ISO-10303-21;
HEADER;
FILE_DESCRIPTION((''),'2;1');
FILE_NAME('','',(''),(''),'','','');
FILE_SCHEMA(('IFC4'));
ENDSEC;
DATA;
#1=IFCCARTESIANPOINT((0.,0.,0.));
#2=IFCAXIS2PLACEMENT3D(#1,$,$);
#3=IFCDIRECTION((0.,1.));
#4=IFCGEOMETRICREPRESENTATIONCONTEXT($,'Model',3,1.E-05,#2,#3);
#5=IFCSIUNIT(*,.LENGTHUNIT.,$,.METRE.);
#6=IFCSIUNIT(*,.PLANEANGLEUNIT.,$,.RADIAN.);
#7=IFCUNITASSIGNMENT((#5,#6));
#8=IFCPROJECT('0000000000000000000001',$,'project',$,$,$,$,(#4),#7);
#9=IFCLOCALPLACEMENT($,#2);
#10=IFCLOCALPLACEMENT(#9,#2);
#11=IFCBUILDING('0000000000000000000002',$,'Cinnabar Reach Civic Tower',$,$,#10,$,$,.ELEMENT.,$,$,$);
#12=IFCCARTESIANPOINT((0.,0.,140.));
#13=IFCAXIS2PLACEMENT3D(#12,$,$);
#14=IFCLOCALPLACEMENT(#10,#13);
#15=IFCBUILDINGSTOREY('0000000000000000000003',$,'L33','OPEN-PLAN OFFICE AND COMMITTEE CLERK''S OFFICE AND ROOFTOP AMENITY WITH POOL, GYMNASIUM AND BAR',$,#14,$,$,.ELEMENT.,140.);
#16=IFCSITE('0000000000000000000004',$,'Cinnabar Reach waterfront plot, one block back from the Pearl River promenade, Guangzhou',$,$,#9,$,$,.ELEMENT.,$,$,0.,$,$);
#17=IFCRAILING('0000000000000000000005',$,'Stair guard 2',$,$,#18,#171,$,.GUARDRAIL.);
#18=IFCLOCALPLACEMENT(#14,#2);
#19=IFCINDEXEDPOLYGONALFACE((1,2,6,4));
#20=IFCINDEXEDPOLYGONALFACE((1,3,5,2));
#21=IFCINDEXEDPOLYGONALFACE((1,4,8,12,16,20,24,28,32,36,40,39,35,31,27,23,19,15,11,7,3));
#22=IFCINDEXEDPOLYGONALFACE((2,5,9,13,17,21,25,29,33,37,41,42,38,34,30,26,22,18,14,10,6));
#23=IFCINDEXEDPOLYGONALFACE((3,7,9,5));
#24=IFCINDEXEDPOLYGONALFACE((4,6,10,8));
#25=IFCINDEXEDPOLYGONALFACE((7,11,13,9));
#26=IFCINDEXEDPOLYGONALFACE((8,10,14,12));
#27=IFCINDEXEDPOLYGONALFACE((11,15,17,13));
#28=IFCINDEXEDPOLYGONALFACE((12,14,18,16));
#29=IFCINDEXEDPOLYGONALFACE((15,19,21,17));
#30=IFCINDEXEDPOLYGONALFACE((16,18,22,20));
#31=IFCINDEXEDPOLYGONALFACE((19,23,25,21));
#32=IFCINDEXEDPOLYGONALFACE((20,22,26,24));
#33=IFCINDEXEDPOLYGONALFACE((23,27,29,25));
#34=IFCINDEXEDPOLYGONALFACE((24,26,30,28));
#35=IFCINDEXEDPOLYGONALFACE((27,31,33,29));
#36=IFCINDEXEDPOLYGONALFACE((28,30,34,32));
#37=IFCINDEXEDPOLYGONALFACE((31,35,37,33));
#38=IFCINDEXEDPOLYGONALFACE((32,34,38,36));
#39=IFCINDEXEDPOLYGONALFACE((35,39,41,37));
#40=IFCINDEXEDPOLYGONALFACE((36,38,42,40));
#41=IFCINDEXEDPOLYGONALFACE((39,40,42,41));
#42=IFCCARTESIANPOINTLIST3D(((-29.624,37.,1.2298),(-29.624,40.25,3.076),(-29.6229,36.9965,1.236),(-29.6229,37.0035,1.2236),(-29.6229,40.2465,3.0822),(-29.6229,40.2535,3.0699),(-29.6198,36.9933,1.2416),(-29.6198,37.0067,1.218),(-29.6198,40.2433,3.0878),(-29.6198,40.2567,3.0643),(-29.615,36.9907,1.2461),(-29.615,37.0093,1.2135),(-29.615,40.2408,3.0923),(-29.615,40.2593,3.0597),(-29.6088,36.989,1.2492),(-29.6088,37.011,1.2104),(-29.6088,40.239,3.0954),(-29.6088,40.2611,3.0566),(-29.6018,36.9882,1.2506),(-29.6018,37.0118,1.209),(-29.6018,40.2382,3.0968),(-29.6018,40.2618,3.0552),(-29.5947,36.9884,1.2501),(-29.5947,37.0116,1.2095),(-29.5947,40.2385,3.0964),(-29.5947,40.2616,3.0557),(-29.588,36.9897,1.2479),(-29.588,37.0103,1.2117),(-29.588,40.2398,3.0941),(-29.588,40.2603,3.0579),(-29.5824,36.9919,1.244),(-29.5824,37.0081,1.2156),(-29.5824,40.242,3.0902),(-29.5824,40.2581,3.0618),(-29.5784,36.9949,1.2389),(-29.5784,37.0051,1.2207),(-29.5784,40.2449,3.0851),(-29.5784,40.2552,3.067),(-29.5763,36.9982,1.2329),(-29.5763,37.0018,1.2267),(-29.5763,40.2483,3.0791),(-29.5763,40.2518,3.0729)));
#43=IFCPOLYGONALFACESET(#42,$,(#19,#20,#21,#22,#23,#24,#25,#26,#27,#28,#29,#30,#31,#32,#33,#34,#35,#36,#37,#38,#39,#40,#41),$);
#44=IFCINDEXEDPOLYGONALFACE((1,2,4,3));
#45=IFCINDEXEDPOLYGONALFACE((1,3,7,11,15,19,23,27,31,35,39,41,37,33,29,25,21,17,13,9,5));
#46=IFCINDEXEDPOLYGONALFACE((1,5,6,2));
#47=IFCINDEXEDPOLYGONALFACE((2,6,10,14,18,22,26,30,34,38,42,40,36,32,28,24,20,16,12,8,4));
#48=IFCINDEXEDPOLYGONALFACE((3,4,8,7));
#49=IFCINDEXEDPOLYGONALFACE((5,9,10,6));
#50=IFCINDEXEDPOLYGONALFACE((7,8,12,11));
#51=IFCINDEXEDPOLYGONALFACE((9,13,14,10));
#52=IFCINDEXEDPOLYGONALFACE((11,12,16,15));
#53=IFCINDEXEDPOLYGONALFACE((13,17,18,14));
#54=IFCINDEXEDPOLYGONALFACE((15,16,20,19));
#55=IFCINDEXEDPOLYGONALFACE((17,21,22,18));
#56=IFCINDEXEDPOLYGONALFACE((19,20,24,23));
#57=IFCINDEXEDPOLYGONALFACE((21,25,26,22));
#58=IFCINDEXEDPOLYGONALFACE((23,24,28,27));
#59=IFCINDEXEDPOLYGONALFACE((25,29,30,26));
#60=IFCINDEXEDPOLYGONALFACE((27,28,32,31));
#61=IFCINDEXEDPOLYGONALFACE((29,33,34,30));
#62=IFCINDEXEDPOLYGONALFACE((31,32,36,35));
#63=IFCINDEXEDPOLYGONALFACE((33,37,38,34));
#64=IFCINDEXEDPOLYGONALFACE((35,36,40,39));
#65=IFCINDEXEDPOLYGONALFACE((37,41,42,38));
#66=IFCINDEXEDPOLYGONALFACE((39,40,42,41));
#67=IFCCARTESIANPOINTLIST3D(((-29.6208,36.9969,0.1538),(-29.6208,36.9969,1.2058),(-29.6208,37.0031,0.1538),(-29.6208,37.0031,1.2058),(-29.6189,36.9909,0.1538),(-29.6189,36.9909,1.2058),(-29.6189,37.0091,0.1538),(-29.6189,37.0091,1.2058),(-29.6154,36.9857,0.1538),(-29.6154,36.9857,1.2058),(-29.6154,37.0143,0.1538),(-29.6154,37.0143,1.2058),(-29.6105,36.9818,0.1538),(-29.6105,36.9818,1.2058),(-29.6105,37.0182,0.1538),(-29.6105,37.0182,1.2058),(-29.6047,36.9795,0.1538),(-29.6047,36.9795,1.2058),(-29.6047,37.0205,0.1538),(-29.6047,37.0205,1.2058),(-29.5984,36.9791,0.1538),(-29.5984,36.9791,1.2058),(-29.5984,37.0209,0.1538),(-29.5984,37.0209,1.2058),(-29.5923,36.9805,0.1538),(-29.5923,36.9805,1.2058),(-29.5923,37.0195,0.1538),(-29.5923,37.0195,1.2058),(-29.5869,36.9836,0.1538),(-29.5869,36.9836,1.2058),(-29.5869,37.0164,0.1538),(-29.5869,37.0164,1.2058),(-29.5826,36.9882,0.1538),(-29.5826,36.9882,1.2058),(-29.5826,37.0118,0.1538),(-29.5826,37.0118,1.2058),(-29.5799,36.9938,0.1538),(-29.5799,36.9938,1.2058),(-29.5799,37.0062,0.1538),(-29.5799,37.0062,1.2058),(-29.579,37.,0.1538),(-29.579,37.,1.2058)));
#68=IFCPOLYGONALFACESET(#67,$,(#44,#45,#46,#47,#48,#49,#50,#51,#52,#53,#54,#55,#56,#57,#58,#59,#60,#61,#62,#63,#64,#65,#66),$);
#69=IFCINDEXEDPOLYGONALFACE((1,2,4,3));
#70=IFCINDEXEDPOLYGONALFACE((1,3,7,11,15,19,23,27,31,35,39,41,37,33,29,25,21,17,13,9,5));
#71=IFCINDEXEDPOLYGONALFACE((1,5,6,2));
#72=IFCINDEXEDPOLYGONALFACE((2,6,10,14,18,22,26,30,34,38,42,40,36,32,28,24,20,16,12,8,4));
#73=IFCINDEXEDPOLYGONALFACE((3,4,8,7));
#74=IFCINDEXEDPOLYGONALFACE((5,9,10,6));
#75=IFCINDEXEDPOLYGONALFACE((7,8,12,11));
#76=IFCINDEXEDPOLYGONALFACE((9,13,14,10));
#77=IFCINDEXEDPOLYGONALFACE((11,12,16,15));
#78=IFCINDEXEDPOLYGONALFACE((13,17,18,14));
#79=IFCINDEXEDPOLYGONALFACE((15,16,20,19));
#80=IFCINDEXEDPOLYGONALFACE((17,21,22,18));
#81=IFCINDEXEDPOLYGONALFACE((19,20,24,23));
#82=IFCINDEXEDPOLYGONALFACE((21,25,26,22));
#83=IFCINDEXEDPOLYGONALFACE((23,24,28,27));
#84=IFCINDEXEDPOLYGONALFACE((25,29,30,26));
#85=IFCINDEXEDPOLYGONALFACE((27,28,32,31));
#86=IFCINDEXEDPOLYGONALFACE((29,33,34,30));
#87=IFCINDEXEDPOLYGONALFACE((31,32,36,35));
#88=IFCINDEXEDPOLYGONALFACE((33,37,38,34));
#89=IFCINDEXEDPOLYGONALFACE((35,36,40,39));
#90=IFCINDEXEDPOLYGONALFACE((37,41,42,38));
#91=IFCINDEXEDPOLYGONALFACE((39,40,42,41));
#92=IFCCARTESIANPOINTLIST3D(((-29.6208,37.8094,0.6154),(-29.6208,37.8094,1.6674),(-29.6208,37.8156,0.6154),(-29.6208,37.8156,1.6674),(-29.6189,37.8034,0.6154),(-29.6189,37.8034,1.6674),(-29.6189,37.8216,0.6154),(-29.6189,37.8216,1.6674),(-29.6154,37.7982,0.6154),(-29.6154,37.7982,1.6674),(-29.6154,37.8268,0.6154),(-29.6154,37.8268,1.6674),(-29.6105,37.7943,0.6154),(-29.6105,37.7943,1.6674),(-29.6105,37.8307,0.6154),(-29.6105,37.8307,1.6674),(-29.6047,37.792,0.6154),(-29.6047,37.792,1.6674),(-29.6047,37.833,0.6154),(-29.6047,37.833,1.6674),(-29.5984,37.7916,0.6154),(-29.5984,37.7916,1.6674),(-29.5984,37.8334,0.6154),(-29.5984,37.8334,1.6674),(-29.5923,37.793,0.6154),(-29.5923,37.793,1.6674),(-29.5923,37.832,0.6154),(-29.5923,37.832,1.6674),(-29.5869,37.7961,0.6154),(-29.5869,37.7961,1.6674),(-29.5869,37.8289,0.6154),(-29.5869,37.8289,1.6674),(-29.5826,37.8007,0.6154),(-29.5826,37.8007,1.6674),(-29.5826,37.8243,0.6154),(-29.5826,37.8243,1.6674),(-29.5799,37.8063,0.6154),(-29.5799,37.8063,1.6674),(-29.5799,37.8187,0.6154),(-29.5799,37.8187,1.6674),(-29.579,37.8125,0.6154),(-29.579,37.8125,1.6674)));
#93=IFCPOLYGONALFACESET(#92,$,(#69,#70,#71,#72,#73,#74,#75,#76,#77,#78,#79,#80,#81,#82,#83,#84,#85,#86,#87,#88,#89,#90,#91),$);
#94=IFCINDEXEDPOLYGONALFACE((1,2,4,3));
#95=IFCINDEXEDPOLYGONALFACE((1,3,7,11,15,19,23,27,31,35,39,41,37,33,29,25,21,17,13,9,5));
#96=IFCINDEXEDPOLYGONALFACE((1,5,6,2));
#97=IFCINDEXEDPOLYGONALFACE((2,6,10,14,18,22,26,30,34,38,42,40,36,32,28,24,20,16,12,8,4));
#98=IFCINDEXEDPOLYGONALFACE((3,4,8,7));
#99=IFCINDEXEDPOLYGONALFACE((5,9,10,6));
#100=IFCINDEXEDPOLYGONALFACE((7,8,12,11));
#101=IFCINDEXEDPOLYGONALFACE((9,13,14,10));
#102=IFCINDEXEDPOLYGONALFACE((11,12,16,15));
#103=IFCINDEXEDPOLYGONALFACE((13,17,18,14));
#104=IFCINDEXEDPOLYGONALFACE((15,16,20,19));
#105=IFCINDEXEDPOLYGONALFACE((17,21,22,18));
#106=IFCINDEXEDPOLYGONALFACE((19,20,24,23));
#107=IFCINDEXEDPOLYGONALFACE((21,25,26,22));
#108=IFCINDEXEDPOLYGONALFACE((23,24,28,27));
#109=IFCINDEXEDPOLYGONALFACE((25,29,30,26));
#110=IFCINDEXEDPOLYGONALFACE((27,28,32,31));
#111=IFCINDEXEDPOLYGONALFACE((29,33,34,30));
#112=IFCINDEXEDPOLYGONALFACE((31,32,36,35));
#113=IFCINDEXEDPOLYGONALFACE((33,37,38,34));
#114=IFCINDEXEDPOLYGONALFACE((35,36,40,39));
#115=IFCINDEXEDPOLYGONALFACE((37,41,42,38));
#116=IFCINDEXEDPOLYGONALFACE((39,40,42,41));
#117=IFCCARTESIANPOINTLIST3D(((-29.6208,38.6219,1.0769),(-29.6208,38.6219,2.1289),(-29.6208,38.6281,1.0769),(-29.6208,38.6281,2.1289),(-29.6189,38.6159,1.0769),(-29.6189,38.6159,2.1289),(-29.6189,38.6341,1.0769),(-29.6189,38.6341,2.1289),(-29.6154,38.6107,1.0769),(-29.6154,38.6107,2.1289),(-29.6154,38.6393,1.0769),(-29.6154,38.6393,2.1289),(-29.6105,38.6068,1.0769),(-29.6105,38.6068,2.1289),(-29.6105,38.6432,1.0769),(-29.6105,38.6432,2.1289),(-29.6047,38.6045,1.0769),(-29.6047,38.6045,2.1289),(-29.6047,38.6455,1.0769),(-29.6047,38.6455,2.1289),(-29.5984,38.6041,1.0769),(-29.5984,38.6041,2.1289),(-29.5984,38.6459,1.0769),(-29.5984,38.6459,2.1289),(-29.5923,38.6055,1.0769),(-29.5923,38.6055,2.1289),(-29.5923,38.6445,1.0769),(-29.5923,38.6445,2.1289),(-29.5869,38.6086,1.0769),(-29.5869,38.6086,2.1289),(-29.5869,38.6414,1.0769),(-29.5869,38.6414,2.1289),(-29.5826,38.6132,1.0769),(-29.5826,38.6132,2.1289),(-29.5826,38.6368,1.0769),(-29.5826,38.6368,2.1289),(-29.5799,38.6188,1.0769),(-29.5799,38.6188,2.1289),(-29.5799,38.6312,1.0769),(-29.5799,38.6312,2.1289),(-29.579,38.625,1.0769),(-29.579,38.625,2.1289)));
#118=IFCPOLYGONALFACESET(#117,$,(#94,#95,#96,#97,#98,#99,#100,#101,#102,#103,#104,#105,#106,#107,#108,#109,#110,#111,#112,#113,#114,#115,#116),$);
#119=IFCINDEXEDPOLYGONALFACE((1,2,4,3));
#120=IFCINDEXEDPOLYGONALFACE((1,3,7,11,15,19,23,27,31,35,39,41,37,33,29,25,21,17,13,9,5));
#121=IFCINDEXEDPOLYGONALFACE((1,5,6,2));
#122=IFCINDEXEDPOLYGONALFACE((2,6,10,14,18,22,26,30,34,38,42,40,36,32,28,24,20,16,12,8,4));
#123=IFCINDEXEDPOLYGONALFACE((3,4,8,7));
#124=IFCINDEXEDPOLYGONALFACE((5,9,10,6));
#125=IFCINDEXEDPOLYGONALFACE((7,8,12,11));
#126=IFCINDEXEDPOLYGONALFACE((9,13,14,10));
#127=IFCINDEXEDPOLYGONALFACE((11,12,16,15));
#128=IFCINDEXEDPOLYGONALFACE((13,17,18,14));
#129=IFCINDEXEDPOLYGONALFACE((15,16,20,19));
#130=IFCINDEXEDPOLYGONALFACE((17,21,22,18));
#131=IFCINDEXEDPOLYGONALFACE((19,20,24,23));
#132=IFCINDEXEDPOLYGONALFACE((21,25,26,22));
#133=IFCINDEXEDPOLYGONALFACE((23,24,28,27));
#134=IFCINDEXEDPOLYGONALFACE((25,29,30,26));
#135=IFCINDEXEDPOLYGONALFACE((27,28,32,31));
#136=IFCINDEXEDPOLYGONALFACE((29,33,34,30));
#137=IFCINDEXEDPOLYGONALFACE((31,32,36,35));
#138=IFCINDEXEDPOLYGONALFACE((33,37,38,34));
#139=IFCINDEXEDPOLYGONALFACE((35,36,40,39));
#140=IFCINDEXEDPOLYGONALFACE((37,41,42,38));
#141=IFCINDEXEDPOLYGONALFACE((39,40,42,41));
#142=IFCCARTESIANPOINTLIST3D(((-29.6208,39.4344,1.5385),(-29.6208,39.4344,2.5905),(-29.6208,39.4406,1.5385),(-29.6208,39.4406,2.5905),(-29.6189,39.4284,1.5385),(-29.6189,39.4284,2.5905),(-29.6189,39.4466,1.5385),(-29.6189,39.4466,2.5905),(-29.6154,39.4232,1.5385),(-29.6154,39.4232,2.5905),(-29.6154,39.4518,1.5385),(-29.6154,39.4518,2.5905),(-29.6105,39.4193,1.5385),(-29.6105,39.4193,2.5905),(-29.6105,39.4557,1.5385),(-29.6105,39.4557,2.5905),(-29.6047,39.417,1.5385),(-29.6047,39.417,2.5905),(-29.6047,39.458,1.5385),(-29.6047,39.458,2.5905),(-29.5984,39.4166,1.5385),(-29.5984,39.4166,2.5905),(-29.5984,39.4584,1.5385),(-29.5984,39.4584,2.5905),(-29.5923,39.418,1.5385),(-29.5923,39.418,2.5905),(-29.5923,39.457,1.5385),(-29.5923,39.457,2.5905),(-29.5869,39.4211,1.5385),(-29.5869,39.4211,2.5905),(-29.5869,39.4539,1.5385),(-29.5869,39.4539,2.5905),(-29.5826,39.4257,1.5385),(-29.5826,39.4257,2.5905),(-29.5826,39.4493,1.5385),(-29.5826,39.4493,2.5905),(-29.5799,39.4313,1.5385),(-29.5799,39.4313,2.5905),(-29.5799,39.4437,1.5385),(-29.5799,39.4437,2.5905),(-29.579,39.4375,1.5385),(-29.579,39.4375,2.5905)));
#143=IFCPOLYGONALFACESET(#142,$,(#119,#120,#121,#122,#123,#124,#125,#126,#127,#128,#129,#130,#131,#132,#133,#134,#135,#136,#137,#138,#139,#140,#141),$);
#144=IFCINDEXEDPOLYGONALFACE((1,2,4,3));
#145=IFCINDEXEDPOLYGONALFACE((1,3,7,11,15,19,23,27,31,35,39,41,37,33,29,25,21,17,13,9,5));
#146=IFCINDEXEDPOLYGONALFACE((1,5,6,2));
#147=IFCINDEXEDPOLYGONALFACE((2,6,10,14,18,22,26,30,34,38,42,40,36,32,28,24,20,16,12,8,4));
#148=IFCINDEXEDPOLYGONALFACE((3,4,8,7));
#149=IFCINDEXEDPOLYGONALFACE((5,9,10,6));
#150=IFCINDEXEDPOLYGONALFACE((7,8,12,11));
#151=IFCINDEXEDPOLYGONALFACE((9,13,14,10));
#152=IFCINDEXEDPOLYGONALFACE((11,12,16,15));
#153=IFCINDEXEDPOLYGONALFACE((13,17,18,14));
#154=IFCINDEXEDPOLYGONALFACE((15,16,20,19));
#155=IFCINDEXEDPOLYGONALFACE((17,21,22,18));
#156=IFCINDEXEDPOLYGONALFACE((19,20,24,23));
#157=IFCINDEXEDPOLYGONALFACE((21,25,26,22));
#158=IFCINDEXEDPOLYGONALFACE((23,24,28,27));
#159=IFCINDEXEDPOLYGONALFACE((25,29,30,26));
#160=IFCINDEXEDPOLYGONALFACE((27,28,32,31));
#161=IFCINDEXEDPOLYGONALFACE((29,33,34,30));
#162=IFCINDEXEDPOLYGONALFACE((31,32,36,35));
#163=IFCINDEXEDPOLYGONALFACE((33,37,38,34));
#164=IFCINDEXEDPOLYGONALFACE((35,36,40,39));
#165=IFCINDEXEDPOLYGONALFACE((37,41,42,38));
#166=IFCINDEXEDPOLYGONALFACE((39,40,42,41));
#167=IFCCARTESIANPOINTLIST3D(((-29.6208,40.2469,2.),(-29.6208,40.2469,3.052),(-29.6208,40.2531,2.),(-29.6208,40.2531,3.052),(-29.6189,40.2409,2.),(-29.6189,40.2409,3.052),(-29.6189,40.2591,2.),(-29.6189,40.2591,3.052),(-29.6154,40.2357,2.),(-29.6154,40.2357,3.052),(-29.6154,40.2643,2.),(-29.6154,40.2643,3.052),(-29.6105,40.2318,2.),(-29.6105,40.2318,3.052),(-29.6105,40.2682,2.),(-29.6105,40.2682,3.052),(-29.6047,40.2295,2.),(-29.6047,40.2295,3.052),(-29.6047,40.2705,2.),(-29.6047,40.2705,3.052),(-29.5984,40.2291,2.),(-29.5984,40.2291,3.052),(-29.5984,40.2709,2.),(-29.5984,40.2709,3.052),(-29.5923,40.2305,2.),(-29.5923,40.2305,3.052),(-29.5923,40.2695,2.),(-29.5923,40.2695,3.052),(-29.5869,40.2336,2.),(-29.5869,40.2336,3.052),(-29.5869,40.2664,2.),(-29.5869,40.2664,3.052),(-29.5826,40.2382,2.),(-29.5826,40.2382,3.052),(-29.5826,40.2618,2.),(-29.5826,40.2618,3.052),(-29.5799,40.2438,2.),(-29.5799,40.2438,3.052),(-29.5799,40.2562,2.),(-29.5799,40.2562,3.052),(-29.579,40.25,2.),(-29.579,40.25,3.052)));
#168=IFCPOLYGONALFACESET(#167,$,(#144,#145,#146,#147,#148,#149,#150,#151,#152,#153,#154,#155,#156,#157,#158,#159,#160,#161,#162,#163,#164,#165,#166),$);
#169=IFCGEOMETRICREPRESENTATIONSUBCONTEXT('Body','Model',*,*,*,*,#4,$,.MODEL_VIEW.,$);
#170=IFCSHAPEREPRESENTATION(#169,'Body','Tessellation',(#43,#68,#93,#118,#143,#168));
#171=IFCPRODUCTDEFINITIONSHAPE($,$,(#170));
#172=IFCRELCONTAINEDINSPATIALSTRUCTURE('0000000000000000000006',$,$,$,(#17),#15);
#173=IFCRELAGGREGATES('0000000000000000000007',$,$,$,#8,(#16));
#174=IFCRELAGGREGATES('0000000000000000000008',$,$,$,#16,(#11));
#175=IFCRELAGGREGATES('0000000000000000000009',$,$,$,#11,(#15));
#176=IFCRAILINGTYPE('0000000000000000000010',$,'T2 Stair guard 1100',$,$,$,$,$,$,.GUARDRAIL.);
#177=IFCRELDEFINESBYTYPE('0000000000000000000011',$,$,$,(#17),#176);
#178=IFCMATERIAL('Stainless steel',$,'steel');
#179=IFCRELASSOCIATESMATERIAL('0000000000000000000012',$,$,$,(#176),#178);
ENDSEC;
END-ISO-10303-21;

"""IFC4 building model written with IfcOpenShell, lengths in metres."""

from ifc_helpers import new_model, si_unit, direction, frame, origin, origin_2d, place, context, subcontext, project, spatial, circle, extrude, material, type_object, element, save


model = new_model("IFC4")

# Units and contexts
model_context = context("Model", 3, precision=1e-05, world=origin(), true_north=direction((0.0, 1.0)))
body_context = subcontext(model_context, "Body", "Model", "MODEL_VIEW")
ifc_project = project(units=[si_unit("LENGTHUNIT", "METRE"), si_unit("PLANEANGLEUNIT", "RADIAN")], contexts=[model_context])

# Site, building, storey
site_placement = place(None, origin())
site = spatial("IfcSite", under=ifc_project, at=site_placement, Name="Cinnabar Reach waterfront plot, one block back from the Pearl River promenade, Guangzhou", CompositionType="ELEMENT", RefElevation=0.0)
building_placement = place(site_placement, origin())
building = spatial("IfcBuilding", under=site, at=building_placement, Name="Cinnabar Reach Civic Tower", CompositionType="ELEMENT")
storey_placement = place(building_placement, frame((0.0, 0.0, 140.0)))
storey = spatial("IfcBuildingStorey", under=building, at=storey_placement, Name="L33", Description="OPEN-PLAN OFFICE AND COMMITTEE CLERK'S OFFICE AND ROOFTOP AMENITY WITH POOL, GYMNASIUM AND BAR", CompositionType="ELEMENT", Elevation=140.0)

# Railing
ifc_material_1 = material(Name="Stainless steel", Category="steel")
railing_type = type_object("IfcRailingType", Name="T2 Stair guard 1100", PredefinedType="GUARDRAIL", material=ifc_material_1)
railing_1_placement = place(storey_placement, frame((-29.6, 37.0, 0.1538)))
element("IfcRailing", 1, at=railing_1_placement, inside=storey, type_object=railing_type, Name="Stair guard 2", PredefinedType="GUARDRAIL", context=body_context, shape_type="SweptSolid", body=[
    extrude(circle(Radius=0.024, at=origin_2d()), frame((0.0, 0.0, 1.076), z_axis=(0.0, 0.869501, 0.49393), x_axis=(-1.0, 0.0, 0.0)), (0.0, 0.0, 1.0), 3.7378),
    extrude(circle(Radius=0.021, at=origin_2d()), origin(), (0.0, 0.0, 1.0), 1.052),
    extrude(circle(Radius=0.021, at=origin_2d()), frame((0.0, 0.8125, 0.4616)), (0.0, 0.0, 1.0), 1.052),
    extrude(circle(Radius=0.021, at=origin_2d()), frame((0.0, 1.625, 0.9231)), (0.0, 0.0, 1.0), 1.052),
    extrude(circle(Radius=0.021, at=origin_2d()), frame((0.0, 2.4375, 1.3847)), (0.0, 0.0, 1.0), 1.052),
    extrude(circle(Radius=0.021, at=origin_2d()), frame((0.0, 3.25, 1.8462)), (0.0, 0.0, 1.0), 1.052),
])

save(model, "model.ifc")
